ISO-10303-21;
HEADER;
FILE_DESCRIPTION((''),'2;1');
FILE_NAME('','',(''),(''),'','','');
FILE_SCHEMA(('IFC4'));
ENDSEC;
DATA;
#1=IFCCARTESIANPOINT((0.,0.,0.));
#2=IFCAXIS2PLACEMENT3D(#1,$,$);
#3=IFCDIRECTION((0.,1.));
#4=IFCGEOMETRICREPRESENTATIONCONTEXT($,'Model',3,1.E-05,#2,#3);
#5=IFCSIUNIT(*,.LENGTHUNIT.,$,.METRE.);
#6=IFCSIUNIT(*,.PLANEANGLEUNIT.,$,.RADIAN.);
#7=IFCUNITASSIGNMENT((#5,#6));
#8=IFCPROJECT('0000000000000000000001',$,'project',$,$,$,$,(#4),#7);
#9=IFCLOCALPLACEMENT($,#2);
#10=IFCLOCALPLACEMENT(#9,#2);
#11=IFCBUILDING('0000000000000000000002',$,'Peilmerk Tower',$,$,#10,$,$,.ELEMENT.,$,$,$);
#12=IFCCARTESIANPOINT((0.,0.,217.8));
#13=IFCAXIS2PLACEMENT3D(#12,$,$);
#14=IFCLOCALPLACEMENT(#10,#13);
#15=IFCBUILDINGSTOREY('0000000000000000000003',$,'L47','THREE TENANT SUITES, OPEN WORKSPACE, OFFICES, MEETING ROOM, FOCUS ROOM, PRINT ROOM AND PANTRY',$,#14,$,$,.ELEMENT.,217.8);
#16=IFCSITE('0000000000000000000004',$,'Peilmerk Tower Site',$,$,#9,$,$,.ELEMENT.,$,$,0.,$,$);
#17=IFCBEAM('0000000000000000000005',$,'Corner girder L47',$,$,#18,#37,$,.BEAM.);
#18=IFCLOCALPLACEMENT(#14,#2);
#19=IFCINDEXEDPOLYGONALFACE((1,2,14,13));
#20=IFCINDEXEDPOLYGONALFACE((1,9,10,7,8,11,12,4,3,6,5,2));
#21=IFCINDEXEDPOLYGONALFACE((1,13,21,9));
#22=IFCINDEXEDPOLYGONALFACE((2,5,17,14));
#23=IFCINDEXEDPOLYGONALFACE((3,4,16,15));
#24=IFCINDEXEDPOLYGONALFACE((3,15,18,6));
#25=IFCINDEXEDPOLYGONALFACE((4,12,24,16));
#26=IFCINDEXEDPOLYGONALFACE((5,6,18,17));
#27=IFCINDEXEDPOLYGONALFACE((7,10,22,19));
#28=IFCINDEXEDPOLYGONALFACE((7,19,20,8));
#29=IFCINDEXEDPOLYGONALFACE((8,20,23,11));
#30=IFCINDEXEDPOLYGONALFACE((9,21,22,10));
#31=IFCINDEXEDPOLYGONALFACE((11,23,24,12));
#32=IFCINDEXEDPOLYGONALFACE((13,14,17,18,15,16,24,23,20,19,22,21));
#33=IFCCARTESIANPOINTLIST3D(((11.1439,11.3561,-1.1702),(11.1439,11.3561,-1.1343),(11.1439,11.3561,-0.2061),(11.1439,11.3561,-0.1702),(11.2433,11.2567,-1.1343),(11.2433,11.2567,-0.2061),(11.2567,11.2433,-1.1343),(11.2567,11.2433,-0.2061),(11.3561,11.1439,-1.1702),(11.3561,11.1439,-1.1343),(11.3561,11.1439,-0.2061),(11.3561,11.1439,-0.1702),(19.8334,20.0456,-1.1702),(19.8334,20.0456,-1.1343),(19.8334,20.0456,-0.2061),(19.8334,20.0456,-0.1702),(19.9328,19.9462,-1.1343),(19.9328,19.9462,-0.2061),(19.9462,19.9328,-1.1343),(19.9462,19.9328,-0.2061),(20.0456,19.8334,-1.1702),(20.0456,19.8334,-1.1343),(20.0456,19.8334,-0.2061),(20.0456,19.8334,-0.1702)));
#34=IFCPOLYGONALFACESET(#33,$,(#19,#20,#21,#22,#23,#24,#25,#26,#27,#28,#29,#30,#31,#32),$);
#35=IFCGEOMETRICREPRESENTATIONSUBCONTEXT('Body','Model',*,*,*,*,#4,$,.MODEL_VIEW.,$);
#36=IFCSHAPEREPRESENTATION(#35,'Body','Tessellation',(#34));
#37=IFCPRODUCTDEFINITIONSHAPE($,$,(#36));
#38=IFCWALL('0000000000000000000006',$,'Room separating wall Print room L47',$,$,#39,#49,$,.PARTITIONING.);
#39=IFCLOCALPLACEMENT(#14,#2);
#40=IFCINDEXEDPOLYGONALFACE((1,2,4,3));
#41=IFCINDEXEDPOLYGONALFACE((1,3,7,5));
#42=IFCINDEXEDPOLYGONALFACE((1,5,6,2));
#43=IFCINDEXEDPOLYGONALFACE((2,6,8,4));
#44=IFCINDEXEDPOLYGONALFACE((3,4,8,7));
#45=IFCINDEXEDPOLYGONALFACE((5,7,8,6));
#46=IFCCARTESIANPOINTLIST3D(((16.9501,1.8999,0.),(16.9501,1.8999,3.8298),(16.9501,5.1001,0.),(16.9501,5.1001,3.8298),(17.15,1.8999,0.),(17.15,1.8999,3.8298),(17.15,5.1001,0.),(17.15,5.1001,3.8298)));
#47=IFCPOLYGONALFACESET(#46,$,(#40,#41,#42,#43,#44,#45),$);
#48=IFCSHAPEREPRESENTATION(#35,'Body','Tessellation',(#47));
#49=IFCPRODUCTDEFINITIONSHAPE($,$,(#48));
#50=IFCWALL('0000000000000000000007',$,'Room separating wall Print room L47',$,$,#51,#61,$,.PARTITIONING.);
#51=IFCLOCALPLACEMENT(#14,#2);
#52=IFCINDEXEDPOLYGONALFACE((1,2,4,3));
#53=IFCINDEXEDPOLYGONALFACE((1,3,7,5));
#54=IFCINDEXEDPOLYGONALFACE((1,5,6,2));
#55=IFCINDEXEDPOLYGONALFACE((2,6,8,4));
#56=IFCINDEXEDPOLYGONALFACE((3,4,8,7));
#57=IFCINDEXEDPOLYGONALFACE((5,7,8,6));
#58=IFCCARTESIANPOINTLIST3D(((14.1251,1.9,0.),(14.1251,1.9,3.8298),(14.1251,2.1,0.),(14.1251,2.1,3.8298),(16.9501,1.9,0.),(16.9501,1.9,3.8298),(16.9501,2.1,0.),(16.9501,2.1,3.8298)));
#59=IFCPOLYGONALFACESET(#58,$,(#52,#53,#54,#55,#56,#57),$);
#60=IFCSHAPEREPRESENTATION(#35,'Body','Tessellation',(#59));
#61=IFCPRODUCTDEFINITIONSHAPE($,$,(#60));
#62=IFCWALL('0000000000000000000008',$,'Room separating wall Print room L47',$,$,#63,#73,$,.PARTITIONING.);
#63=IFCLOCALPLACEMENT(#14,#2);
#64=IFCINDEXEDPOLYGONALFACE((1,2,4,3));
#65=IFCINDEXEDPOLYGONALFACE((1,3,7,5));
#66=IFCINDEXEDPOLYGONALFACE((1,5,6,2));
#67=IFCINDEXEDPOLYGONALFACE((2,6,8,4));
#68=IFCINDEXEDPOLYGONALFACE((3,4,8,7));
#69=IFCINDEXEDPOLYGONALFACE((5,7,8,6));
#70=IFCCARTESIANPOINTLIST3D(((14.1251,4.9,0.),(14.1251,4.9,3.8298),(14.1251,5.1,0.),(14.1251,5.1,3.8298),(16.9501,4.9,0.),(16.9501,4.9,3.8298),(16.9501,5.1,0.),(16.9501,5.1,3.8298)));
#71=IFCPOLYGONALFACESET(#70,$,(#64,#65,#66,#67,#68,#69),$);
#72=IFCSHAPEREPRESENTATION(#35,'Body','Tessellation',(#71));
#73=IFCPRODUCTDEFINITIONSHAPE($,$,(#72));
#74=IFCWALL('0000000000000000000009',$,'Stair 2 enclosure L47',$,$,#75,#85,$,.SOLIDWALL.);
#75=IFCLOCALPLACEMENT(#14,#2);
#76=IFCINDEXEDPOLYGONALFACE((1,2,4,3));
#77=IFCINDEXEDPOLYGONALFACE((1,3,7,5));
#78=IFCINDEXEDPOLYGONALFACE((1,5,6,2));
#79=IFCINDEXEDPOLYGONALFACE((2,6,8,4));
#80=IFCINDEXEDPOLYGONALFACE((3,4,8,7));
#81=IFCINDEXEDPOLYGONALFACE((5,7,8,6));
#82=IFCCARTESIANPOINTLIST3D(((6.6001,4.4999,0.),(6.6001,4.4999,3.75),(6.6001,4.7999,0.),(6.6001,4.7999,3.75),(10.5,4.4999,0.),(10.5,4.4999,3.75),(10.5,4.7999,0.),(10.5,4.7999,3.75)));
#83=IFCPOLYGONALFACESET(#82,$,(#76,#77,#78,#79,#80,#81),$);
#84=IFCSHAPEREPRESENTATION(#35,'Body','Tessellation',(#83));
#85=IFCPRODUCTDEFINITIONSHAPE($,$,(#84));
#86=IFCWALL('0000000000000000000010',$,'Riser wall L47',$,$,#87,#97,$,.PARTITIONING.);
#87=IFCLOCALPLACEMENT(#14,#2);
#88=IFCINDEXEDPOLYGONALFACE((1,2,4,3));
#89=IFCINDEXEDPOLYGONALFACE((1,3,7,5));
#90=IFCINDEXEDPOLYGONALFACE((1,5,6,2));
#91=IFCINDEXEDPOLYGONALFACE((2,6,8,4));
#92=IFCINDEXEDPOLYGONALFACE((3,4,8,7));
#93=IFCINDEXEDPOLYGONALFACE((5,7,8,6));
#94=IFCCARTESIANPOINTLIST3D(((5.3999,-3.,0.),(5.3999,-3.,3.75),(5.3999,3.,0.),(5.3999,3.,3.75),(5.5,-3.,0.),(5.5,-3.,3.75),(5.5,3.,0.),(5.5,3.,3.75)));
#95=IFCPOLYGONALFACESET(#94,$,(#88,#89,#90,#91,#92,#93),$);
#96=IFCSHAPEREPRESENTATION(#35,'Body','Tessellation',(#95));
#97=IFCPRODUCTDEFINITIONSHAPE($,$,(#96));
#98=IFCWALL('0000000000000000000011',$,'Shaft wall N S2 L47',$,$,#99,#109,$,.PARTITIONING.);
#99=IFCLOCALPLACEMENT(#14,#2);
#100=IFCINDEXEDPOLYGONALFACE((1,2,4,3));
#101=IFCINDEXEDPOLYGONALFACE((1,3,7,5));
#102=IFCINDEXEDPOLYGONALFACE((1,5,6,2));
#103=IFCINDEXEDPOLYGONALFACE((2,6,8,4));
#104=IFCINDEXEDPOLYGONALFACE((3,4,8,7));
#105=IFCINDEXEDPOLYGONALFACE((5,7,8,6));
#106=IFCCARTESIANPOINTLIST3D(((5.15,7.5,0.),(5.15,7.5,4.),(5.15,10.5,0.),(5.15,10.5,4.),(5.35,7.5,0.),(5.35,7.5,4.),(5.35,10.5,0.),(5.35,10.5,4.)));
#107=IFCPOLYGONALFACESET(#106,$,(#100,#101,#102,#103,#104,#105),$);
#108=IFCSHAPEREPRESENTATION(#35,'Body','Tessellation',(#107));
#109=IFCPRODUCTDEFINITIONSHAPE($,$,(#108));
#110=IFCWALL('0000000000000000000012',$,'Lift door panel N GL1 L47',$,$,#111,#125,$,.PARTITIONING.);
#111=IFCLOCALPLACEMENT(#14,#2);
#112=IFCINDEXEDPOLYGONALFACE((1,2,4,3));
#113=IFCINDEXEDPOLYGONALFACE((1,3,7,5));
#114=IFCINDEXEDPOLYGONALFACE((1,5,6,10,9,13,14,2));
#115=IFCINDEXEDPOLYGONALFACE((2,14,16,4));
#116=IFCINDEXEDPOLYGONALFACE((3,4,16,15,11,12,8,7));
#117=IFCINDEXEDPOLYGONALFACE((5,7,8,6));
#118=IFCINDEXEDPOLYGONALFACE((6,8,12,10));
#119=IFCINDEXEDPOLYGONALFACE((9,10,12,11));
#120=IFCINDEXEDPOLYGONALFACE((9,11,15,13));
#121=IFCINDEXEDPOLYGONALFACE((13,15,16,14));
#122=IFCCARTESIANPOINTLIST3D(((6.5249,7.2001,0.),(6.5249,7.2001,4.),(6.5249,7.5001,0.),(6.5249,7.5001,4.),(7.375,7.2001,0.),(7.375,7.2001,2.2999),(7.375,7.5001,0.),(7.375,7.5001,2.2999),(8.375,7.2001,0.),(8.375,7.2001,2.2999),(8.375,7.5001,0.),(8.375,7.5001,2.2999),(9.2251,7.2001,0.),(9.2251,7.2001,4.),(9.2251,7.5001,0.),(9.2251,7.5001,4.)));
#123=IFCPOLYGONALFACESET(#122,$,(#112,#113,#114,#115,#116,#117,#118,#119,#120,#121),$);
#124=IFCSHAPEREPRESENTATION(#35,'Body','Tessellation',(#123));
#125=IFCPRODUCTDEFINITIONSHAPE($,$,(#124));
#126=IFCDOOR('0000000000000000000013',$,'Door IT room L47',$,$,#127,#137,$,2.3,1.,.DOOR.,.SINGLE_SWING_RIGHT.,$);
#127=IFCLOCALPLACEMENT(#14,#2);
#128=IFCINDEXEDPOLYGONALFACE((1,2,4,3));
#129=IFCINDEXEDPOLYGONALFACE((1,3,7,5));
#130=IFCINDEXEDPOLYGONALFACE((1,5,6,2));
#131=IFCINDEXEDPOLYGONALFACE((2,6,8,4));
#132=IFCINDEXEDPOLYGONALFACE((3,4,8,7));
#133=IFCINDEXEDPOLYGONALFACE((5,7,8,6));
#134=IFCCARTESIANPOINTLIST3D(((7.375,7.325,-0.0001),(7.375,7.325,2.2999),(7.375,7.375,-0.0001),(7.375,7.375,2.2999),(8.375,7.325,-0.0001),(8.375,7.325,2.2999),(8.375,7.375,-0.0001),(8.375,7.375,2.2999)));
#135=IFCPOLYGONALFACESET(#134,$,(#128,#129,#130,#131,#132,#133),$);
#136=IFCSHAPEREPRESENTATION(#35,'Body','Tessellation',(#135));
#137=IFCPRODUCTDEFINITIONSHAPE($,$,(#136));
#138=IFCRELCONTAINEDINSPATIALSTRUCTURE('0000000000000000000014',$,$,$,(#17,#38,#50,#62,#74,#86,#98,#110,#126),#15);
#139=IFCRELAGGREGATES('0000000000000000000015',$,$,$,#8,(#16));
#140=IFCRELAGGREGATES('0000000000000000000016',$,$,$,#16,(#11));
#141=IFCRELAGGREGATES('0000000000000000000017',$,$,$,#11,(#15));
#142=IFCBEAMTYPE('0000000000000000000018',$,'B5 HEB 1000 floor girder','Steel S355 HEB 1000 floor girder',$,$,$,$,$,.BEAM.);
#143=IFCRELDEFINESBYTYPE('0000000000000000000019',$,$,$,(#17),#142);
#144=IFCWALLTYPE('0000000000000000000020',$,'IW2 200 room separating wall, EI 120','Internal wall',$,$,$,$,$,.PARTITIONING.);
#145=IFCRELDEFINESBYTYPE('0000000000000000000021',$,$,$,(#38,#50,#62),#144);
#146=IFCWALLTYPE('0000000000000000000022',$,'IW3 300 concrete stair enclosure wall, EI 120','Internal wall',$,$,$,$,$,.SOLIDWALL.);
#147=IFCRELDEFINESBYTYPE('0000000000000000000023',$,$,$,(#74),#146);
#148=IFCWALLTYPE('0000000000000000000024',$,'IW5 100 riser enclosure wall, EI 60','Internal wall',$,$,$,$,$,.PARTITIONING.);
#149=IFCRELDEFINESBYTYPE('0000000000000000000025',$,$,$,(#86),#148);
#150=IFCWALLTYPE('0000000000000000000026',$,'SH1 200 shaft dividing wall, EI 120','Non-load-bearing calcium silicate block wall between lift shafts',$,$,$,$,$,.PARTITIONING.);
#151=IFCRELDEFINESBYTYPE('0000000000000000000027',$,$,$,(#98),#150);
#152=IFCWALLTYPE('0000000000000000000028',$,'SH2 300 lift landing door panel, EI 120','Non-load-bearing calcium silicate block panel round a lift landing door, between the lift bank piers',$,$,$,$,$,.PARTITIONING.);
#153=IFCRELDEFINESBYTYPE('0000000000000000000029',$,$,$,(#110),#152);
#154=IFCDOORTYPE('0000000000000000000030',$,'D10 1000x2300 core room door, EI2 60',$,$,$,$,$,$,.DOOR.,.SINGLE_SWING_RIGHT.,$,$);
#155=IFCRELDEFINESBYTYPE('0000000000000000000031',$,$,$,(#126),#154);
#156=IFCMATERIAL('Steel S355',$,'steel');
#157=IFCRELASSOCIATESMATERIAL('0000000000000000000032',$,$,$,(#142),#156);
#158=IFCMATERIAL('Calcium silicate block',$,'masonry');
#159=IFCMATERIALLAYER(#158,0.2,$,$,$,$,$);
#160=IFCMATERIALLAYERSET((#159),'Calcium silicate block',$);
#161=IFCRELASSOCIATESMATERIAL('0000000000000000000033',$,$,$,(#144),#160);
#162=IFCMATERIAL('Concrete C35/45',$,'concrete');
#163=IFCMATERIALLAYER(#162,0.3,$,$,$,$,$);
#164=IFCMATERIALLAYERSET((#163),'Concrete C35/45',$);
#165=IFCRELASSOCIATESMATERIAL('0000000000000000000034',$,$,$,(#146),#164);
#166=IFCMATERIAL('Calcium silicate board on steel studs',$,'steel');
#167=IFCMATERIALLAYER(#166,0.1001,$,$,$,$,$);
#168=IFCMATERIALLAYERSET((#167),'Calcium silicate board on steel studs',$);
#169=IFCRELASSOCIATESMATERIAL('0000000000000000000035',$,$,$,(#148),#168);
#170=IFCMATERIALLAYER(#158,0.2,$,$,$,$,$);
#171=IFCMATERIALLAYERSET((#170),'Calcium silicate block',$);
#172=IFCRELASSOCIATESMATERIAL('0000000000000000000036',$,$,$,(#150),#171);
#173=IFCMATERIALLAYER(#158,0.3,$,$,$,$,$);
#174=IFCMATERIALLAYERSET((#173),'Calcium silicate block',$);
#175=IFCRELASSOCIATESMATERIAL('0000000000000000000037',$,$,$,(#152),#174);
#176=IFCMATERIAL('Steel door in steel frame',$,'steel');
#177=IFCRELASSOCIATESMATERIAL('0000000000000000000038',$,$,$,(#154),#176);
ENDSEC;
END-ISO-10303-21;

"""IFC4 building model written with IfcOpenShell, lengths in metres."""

from ifc_helpers import new_model, si_unit, direction, frame, frame_2d, origin, origin_2d, place, context, subcontext, project, spatial, rectangle, i_section, extrude, material, layer, layer_set, material_profile, profile_set, type_object, element, fill, save


model = new_model("IFC4")

# Units and contexts
model_context = context("Model", 3, precision=1e-05, world=origin(), true_north=direction((0.0, 1.0)))
body_context = subcontext(model_context, "Body", "Model", "MODEL_VIEW")
ifc_project = project(units=[si_unit("LENGTHUNIT", "METRE"), si_unit("PLANEANGLEUNIT", "RADIAN")], contexts=[model_context])

# Site, building, storey
site_placement = place(None, origin())
site = spatial("IfcSite", under=ifc_project, at=site_placement, Name="Peilmerk Tower Site", CompositionType="ELEMENT", RefElevation=0.0)
building_placement = place(site_placement, origin())
building = spatial("IfcBuilding", under=site, at=building_placement, Name="Peilmerk Tower", CompositionType="ELEMENT")
storey_placement = place(building_placement, frame((0.0, 0.0, 217.8)))
storey = spatial("IfcBuildingStorey", under=building, at=storey_placement, Name="L47", Description="THREE TENANT SUITES, OPEN WORKSPACE, OFFICES, MEETING ROOM, FOCUS ROOM, PRINT ROOM AND PANTRY", CompositionType="ELEMENT", Elevation=217.8)

# Beam
ifc_material_1 = material(Name="Steel S355", Category="steel")
ifc_material_profile_1 = material_profile(ifc_material_1, i_section(OverallWidth=0.3, OverallDepth=1.0, WebThickness=0.019, FlangeThickness=0.0359, at=origin_2d()), Name="HEB 1000")
ifc_profile_set_1 = profile_set([ifc_material_profile_1], Name="Steel S355")
beam_type_1 = type_object("IfcBeamType", Name="B5 HEB 1000 floor girder", Description="Steel S355 HEB 1000 floor girder", PredefinedType="BEAM", material=ifc_profile_set_1)
beam_1_placement = place(storey_placement, frame((11.25, 11.25, -0.6702), z_axis=(0.707107, 0.707107, 0.0), x_axis=(-0.707107, 0.707107, 0.0)))
element("IfcBeam", 1, at=beam_1_placement, inside=storey, type_object=beam_type_1, Name="Corner girder L47", PredefinedType="BEAM", context=body_context, shape_type="SweptSolid", body=[
    extrude(i_section(OverallWidth=0.3, OverallDepth=1.0, WebThickness=0.019, FlangeThickness=0.0359, at=origin_2d()), origin(), (0.0, 0.0, 1.0), 12.2888),
])

# Walls
ifc_material_2 = material(Name="Calcium silicate block", Category="masonry")
ifc_layer_1 = layer(ifc_material_2, 0.2)
ifc_layer_set_1 = layer_set([ifc_layer_1], Name="Calcium silicate block")
wall_type_1 = type_object("IfcWallType", Name="IW2 200 room separating wall, EI 120", Description="Internal wall", PredefinedType="PARTITIONING", material=ifc_layer_set_1)
wall_1_placement = place(storey_placement, frame((17.05, 1.8999, 0.0), z_axis=(0.0, 0.0, 1.0), x_axis=(0.0, 1.0, 0.0)))
element("IfcWall", 2, at=wall_1_placement, inside=storey, type_object=wall_type_1, Name="Room separating wall Print room L47", PredefinedType="PARTITIONING", context=body_context, shape_type="SweptSolid", body=[
    extrude(rectangle(XDim=3.2002, YDim=0.2, at=frame_2d((1.6001, 0.0))), origin(), (0.0, 0.0, 1.0), 3.8298),
])
for number, where, z_axis, x_axis, name in (
    (3, (14.125, 2.0, 0.0), (0.0, 0.0, 1.0), (1.0, 0.0, 0.0), "Room separating wall Print room L47"),
    (4, (14.125, 5.0, 0.0), (0.0, 0.0, 1.0), (1.0, 0.0, 0.0), "Room separating wall Print room L47"),
):
    element("IfcWall", number, at=place(storey_placement, frame(where, z_axis=z_axis, x_axis=x_axis)), inside=storey, type_object=wall_type_1, Name=name, PredefinedType="PARTITIONING", context=body_context, shape_type="SweptSolid", body=[
        extrude(rectangle(XDim=2.825, YDim=0.2, at=frame_2d((1.4126, 0.0))), origin(), (0.0, 0.0, 1.0), 3.8298),
    ])
ifc_material_3 = material(Name="Concrete C35/45", Category="concrete")
ifc_layer_2 = layer(ifc_material_3, 0.3)
ifc_layer_set_2 = layer_set([ifc_layer_2], Name="Concrete C35/45")
wall_type_2 = type_object("IfcWallType", Name="IW3 300 concrete stair enclosure wall, EI 120", Description="Internal wall", PredefinedType="SOLIDWALL", material=ifc_layer_set_2)
wall_2_placement = place(storey_placement, frame((6.6001, 4.6499, 0.0), z_axis=(0.0, 0.0, 1.0), x_axis=(1.0, 0.0, 0.0)))
element("IfcWall", 5, at=wall_2_placement, inside=storey, type_object=wall_type_2, Name="Stair 2 enclosure L47", PredefinedType="SOLIDWALL", context=body_context, shape_type="SweptSolid", body=[
    extrude(rectangle(XDim=3.8999, YDim=0.3, at=frame_2d((1.95, 0.0))), origin(), (0.0, 0.0, 1.0), 3.75),
])
ifc_material_4 = material(Name="Calcium silicate board on steel studs", Category="steel")
ifc_layer_3 = layer(ifc_material_4, 0.1001)
ifc_layer_set_3 = layer_set([ifc_layer_3], Name="Calcium silicate board on steel studs")
wall_type_3 = type_object("IfcWallType", Name="IW5 100 riser enclosure wall, EI 60", Description="Internal wall", PredefinedType="PARTITIONING", material=ifc_layer_set_3)
wall_3_placement = place(storey_placement, frame((5.45, 3.0, 0.0), z_axis=(0.0, 0.0, 1.0), x_axis=(0.0, -1.0, 0.0)))
element("IfcWall", 6, at=wall_3_placement, inside=storey, type_object=wall_type_3, Name="Riser wall L47", PredefinedType="PARTITIONING", context=body_context, shape_type="SweptSolid", body=[
    extrude(rectangle(XDim=6.0, YDim=0.1001, at=frame_2d((3.0, 0.0))), origin(), (0.0, 0.0, 1.0), 3.75),
])
ifc_layer_4 = layer(ifc_material_2, 0.2)
ifc_layer_set_4 = layer_set([ifc_layer_4], Name="Calcium silicate block")
wall_type_4 = type_object("IfcWallType", Name="SH1 200 shaft dividing wall, EI 120", Description="Non-load-bearing calcium silicate block wall between lift shafts", PredefinedType="PARTITIONING", material=ifc_layer_set_4)
wall_4_placement = place(storey_placement, frame((5.25, 7.5, 0.0), z_axis=(0.0, 0.0, 1.0), x_axis=(0.0, 1.0, 0.0)))
element("IfcWall", 7, at=wall_4_placement, inside=storey, type_object=wall_type_4, Name="Shaft wall N S2 L47", PredefinedType="PARTITIONING", context=body_context, shape_type="SweptSolid", body=[
    extrude(rectangle(XDim=3.0, YDim=0.2, at=frame_2d((1.5, 0.0))), origin(), (0.0, 0.0, 1.0), 4.0),
])

# Wall, opening, door
ifc_layer_5 = layer(ifc_material_2, 0.3)
ifc_layer_set_5 = layer_set([ifc_layer_5], Name="Calcium silicate block")
wall_type_5 = type_object("IfcWallType", Name="SH2 300 lift landing door panel, EI 120", Description="Non-load-bearing calcium silicate block panel round a lift landing door, between the lift bank piers", PredefinedType="PARTITIONING", material=ifc_layer_set_5)
wall_5_placement = place(storey_placement, frame((6.5249, 7.3501, 0.0), z_axis=(0.0, 0.0, 1.0), x_axis=(1.0, 0.0, 0.0)))
wall_5 = element("IfcWall", 8, at=wall_5_placement, inside=storey, type_object=wall_type_5, Name="Lift door panel N GL1 L47", PredefinedType="PARTITIONING", context=body_context, shape_type="SweptSolid", body=[
    extrude(rectangle(XDim=2.7002, YDim=0.3, at=frame_2d((1.3501, 0.0))), origin(), (0.0, 0.0, 1.0), 4.0),
])
opening_1_placement = place(wall_5_placement, frame((0.8501, 0.0, 0.0)))
opening_1 = element("IfcOpeningElement", 9, at=opening_1_placement, cuts=wall_5, PredefinedType="OPENING", context=body_context, shape_type="SweptSolid", body=[
    extrude(rectangle(XDim=1.0, YDim=2.3, at=frame_2d((0.5, 1.1499))), frame((0.0, 0.1599, 0.0), z_axis=(0.0, -1.0, 0.0), x_axis=(1.0, 0.0, 0.0)), (0.0, 0.0, 1.0), 0.3201),
])
ifc_material_5 = material(Name="Steel door in steel frame", Category="steel")
door_type_1 = type_object("IfcDoorType", Name="D10 1000x2300 core room door, EI2 60", OperationType="SINGLE_SWING_RIGHT", PredefinedType="DOOR", material=ifc_material_5)
door_1_placement = place(opening_1_placement, origin())
door_1 = element("IfcDoor", 10, at=door_1_placement, inside=storey, type_object=door_type_1, Name="Door IT room L47", OperationType="SINGLE_SWING_RIGHT", OverallHeight=2.3, OverallWidth=1.0, PredefinedType="DOOR", context=body_context, shape_type="SweptSolid", body=[
    extrude(rectangle(XDim=1.0, YDim=2.3, at=frame_2d((0.5, 1.1499))), frame((0.0, 0.0249, 0.0), z_axis=(0.0, -1.0, 0.0), x_axis=(1.0, 0.0, 0.0)), (0.0, 0.0, 1.0), 0.05),
])
fill(opening_1, door_1)

save(model, "model.ifc")
